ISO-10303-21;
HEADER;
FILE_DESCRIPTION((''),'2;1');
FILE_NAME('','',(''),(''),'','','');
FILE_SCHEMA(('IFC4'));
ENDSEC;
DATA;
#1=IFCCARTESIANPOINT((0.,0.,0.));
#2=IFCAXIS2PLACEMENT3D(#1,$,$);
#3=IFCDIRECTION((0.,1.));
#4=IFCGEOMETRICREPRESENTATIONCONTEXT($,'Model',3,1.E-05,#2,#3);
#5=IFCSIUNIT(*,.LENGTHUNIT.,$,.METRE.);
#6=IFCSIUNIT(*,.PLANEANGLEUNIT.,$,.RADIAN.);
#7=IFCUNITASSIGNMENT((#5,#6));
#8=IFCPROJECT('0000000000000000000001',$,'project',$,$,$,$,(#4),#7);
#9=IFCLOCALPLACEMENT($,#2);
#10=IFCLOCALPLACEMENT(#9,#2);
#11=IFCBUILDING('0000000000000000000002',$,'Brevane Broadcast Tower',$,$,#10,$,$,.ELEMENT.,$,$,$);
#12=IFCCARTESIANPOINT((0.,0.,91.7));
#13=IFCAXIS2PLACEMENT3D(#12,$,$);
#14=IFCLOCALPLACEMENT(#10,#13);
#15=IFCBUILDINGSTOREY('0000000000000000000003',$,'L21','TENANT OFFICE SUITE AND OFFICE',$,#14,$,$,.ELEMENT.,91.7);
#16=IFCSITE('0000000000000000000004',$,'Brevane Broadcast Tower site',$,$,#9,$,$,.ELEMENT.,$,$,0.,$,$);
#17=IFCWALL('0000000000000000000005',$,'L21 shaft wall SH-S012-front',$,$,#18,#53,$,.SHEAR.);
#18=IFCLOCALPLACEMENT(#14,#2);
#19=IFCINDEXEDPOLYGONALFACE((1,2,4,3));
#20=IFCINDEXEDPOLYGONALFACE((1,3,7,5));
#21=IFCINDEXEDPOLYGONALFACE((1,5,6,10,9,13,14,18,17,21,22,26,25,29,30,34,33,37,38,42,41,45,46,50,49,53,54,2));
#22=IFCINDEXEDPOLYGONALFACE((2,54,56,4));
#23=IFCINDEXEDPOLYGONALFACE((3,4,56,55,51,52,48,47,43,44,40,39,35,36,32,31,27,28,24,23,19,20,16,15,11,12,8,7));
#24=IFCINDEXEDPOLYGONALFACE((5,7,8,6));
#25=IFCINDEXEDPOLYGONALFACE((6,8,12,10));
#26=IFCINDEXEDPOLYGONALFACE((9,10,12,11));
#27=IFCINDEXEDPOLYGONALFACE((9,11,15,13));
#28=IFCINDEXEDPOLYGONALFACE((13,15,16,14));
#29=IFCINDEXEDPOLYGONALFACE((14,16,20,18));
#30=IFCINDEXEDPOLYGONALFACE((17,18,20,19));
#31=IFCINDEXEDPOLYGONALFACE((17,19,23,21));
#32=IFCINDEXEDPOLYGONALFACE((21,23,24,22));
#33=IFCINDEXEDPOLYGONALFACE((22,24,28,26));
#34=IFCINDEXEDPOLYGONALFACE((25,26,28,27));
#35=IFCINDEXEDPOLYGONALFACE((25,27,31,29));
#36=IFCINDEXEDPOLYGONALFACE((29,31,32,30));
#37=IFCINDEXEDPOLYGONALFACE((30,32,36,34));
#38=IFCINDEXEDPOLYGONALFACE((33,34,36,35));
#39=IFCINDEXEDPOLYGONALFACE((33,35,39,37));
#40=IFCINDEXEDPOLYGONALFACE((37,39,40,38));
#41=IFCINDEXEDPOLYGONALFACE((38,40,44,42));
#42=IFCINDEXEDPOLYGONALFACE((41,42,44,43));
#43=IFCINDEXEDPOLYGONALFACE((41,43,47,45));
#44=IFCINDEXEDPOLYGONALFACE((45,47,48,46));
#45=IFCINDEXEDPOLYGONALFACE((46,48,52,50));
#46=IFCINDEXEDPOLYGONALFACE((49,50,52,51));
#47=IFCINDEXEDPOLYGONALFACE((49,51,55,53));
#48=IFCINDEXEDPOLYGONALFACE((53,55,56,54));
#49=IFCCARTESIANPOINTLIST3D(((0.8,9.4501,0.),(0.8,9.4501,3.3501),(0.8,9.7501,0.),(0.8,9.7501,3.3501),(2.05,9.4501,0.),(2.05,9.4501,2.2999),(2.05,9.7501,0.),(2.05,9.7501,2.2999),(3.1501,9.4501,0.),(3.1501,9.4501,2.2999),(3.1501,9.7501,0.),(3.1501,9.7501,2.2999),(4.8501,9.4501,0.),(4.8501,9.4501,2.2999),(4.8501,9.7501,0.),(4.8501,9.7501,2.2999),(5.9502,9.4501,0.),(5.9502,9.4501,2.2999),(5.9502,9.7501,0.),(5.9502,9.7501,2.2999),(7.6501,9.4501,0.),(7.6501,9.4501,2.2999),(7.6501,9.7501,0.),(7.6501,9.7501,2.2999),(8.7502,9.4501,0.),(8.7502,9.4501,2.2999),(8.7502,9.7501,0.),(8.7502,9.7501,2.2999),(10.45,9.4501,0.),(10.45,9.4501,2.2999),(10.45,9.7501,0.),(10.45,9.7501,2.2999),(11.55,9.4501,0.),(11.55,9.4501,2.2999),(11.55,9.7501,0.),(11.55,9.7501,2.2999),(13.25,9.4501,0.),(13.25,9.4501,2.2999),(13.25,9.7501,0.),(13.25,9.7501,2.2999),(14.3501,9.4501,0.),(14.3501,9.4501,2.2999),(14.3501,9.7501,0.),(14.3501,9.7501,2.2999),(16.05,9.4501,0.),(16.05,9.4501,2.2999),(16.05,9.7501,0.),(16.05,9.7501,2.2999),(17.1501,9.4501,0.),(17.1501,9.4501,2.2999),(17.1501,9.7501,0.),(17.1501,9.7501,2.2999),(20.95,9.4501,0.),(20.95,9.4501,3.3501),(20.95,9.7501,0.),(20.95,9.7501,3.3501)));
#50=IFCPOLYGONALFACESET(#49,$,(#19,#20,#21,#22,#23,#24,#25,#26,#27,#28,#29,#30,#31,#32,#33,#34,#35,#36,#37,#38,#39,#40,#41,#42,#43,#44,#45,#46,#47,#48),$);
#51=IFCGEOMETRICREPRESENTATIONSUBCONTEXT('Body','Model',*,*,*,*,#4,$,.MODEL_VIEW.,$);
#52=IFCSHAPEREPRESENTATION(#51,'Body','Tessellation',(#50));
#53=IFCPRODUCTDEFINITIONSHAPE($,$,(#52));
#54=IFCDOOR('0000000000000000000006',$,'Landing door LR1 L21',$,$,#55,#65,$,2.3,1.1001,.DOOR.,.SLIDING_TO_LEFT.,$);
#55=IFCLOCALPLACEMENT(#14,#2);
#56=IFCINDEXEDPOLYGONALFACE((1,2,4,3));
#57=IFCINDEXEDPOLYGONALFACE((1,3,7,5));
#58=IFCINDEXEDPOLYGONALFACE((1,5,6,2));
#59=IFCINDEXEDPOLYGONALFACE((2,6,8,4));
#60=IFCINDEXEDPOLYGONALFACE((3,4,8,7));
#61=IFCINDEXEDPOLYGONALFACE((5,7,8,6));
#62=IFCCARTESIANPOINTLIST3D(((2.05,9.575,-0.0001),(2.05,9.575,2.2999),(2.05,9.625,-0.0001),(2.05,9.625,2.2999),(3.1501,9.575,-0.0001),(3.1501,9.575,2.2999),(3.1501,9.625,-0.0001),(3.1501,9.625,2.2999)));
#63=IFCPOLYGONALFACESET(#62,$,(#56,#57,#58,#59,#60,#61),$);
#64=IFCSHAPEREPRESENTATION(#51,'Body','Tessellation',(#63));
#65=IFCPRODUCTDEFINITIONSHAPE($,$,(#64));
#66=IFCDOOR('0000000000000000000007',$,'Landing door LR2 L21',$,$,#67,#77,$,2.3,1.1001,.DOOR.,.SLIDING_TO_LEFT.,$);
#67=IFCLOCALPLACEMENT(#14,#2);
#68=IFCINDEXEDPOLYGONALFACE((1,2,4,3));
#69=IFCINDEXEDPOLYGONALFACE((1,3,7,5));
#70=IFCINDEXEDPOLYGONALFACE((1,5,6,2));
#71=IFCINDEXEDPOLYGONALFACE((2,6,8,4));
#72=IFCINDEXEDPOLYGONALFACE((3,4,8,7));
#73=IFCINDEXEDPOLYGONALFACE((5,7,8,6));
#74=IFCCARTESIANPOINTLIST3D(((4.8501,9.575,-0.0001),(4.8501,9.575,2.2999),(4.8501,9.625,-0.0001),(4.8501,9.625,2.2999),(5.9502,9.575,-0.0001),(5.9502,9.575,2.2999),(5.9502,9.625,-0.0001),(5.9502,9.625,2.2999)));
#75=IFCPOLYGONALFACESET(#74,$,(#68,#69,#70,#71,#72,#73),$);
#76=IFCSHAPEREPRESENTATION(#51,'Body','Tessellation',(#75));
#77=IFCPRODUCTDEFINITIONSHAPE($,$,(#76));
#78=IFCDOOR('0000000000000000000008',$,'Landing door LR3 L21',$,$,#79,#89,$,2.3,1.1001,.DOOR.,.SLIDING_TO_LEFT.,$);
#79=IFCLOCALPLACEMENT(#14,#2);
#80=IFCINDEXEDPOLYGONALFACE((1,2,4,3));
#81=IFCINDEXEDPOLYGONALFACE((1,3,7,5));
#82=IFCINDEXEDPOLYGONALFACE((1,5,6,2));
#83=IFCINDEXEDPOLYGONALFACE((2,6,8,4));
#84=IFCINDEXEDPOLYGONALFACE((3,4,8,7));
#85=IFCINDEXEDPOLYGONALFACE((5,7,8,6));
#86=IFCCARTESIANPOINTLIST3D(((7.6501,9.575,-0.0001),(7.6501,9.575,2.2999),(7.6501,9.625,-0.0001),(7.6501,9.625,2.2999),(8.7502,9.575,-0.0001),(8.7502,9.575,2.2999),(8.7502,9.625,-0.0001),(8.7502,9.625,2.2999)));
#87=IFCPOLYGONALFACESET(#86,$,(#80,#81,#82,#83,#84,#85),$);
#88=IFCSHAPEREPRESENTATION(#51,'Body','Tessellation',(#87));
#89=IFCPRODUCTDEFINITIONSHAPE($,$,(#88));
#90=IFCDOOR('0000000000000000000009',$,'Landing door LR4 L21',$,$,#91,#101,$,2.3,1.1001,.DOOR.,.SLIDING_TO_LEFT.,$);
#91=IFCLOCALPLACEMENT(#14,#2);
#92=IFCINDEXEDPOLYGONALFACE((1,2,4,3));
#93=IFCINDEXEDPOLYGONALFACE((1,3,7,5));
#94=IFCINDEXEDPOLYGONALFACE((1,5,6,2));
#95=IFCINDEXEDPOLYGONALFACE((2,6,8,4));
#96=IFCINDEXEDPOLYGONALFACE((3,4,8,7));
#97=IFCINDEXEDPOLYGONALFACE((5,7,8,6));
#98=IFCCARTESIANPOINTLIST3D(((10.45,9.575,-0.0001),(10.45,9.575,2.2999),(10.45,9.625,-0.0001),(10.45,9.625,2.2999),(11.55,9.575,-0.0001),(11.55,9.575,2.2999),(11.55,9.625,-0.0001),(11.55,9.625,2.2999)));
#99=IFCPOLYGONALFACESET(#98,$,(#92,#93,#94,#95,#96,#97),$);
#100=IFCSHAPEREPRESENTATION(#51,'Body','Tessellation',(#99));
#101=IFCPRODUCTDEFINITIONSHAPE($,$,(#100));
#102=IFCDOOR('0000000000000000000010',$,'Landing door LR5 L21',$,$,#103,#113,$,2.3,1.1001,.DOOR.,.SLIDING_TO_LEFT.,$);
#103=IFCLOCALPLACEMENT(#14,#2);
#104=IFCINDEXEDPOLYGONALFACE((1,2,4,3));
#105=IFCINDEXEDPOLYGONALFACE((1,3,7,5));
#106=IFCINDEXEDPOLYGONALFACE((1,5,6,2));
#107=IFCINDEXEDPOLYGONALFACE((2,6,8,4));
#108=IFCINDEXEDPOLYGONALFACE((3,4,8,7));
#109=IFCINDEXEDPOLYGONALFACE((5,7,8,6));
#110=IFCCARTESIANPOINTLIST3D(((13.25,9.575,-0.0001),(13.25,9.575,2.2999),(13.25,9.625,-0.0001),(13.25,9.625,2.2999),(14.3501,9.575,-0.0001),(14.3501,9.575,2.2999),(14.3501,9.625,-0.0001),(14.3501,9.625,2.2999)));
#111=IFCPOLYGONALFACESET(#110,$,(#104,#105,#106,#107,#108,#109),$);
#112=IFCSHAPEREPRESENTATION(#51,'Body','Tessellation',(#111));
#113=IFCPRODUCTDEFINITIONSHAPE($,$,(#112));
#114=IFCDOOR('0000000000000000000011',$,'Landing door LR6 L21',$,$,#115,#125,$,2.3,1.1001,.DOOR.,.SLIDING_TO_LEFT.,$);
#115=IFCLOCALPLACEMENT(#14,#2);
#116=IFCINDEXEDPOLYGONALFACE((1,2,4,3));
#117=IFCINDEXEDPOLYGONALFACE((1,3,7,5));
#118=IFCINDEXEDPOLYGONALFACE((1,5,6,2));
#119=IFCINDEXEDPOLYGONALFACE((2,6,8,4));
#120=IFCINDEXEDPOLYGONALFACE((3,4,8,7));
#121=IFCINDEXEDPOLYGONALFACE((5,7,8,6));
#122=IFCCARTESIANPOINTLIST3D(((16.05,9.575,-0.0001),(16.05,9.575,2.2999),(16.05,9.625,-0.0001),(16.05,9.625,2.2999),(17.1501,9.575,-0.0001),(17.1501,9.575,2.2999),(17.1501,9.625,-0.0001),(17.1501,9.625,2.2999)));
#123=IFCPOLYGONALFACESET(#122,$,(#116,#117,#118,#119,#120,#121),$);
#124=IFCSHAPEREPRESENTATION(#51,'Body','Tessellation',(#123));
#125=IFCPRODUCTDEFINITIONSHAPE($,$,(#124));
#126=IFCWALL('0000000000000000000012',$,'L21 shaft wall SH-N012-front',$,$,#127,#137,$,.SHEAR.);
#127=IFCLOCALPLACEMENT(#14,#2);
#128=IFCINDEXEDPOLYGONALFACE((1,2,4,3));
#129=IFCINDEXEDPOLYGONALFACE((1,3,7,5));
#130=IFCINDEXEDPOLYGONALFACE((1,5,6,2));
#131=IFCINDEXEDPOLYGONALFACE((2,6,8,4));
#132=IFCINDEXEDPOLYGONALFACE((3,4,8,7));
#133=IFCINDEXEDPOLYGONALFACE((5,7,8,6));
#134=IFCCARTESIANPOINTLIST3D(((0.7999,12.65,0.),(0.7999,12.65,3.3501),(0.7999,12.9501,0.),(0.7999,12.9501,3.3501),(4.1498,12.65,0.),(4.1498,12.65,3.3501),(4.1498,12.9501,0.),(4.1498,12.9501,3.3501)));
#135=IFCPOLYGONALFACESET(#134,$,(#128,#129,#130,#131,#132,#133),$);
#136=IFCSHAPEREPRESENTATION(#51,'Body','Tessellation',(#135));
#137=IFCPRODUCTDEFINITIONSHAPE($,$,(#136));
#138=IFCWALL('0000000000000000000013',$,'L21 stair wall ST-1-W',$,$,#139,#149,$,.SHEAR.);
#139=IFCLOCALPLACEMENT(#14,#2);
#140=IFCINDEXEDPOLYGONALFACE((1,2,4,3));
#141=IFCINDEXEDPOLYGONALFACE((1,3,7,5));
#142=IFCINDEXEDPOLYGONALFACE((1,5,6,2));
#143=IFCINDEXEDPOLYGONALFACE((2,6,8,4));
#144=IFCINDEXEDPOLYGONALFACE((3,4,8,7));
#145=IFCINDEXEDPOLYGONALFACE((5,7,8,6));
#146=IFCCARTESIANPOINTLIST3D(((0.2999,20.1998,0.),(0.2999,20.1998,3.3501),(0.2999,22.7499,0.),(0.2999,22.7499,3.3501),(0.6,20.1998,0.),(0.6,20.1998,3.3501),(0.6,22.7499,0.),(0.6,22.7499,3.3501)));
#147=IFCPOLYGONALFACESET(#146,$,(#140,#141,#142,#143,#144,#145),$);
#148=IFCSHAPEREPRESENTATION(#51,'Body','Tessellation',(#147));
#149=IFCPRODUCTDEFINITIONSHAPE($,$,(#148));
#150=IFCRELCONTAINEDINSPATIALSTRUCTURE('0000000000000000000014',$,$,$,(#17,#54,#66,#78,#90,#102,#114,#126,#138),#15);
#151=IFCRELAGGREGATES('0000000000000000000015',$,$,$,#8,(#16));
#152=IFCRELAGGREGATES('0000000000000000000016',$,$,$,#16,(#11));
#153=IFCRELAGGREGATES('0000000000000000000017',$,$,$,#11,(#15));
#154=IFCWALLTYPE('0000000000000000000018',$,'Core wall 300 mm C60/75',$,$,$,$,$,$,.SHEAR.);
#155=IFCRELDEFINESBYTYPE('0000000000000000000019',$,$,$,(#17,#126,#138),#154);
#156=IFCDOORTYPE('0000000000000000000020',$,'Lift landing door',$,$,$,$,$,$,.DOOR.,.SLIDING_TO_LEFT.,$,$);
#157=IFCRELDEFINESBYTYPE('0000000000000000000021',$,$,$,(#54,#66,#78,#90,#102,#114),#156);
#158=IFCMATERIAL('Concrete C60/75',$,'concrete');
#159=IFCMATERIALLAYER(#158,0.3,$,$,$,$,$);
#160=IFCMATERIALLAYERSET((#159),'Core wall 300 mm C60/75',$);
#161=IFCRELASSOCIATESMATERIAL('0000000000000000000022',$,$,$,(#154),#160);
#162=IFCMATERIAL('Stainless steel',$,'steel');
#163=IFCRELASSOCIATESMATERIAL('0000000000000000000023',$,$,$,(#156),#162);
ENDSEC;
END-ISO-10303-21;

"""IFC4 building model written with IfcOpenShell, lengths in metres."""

from ifc_helpers import new_model, si_unit, direction, frame, frame_2d, origin, place, context, subcontext, project, spatial, rectangle, extrude, material, layer, layer_set, type_object, element, fill, save


model = new_model("IFC4")

# Units and contexts
model_context = context("Model", 3, precision=1e-05, world=origin(), true_north=direction((0.0, 1.0)))
body_context = subcontext(model_context, "Body", "Model", "MODEL_VIEW")
ifc_project = project(units=[si_unit("LENGTHUNIT", "METRE"), si_unit("PLANEANGLEUNIT", "RADIAN")], contexts=[model_context])

# Site, building, storey
site_placement = place(None, origin())
site = spatial("IfcSite", under=ifc_project, at=site_placement, Name="Brevane Broadcast Tower site", CompositionType="ELEMENT", RefElevation=0.0)
building_placement = place(site_placement, origin())
building = spatial("IfcBuilding", under=site, at=building_placement, Name="Brevane Broadcast Tower", CompositionType="ELEMENT")
storey_placement = place(building_placement, frame((0.0, 0.0, 91.7)))
storey = spatial("IfcBuildingStorey", under=building, at=storey_placement, Name="L21", Description="TENANT OFFICE SUITE AND OFFICE", CompositionType="ELEMENT", Elevation=91.7)

# Wall, openings, doors
ifc_material_1 = material(Name="Concrete C60/75", Category="concrete")
ifc_layer_1 = layer(ifc_material_1, 0.3)
ifc_layer_set_1 = layer_set([ifc_layer_1], Name="Core wall 300 mm C60/75")
wall_type_1 = type_object("IfcWallType", Name="Core wall 300 mm C60/75", PredefinedType="SHEAR", material=ifc_layer_set_1)
wall_1_placement = place(storey_placement, frame((0.8, 9.6001, 0.0), z_axis=(0.0, 0.0, 1.0), x_axis=(1.0, 0.0, 0.0)))
wall_1 = element("IfcWall", 1, at=wall_1_placement, inside=storey, type_object=wall_type_1, Name="L21 shaft wall SH-S012-front", PredefinedType="SHEAR", context=body_context, shape_type="SweptSolid", body=[
    extrude(rectangle(XDim=20.1499, YDim=0.3, at=frame_2d((10.075, 0.0))), origin(), (0.0, 0.0, 1.0), 3.3501),
])
opening_1_placement = place(wall_1_placement, frame((1.25, 0.0, 0.0)))
opening_1 = element("IfcOpeningElement", 2, at=opening_1_placement, cuts=wall_1, PredefinedType="OPENING", context=body_context, shape_type="SweptSolid", body=[
    extrude(rectangle(XDim=1.1001, YDim=2.3, at=frame_2d((0.55, 1.1499))), frame((0.0, 0.1599, 0.0), z_axis=(0.0, -1.0, 0.0), x_axis=(1.0, 0.0, 0.0)), (0.0, 0.0, 1.0), 0.3201),
])
opening_2_placement = place(wall_1_placement, frame((4.05, 0.0, 0.0)))
opening_2 = element("IfcOpeningElement", 3, at=opening_2_placement, cuts=wall_1, PredefinedType="OPENING", context=body_context, shape_type="SweptSolid", body=[
    extrude(rectangle(XDim=1.1001, YDim=2.3, at=frame_2d((0.55, 1.1499))), frame((0.0, 0.1599, 0.0), z_axis=(0.0, -1.0, 0.0), x_axis=(1.0, 0.0, 0.0)), (0.0, 0.0, 1.0), 0.3201),
])
opening_3_placement = place(wall_1_placement, frame((6.8501, 0.0, 0.0)))
opening_3 = element("IfcOpeningElement", 4, at=opening_3_placement, cuts=wall_1, PredefinedType="OPENING", context=body_context, shape_type="SweptSolid", body=[
    extrude(rectangle(XDim=1.1001, YDim=2.3, at=frame_2d((0.55, 1.1499))), frame((0.0, 0.1599, 0.0), z_axis=(0.0, -1.0, 0.0), x_axis=(1.0, 0.0, 0.0)), (0.0, 0.0, 1.0), 0.3201),
])
opening_4_placement = place(wall_1_placement, frame((9.6499, 0.0, 0.0)))
opening_4 = element("IfcOpeningElement", 5, at=opening_4_placement, cuts=wall_1, PredefinedType="OPENING", context=body_context, shape_type="SweptSolid", body=[
    extrude(rectangle(XDim=1.1001, YDim=2.3, at=frame_2d((0.55, 1.1499))), frame((0.0, 0.1599, 0.0), z_axis=(0.0, -1.0, 0.0), x_axis=(1.0, 0.0, 0.0)), (0.0, 0.0, 1.0), 0.3201),
])
opening_5_placement = place(wall_1_placement, frame((12.45, 0.0, 0.0)))
opening_5 = element("IfcOpeningElement", 6, at=opening_5_placement, cuts=wall_1, PredefinedType="OPENING", context=body_context, shape_type="SweptSolid", body=[
    extrude(rectangle(XDim=1.1001, YDim=2.3, at=frame_2d((0.55, 1.1499))), frame((0.0, 0.1599, 0.0), z_axis=(0.0, -1.0, 0.0), x_axis=(1.0, 0.0, 0.0)), (0.0, 0.0, 1.0), 0.3201),
])
opening_6_placement = place(wall_1_placement, frame((15.25, 0.0, 0.0)))
opening_6 = element("IfcOpeningElement", 7, at=opening_6_placement, cuts=wall_1, PredefinedType="OPENING", context=body_context, shape_type="SweptSolid", body=[
    extrude(rectangle(XDim=1.1001, YDim=2.3, at=frame_2d((0.55, 1.1499))), frame((0.0, 0.1599, 0.0), z_axis=(0.0, -1.0, 0.0), x_axis=(1.0, 0.0, 0.0)), (0.0, 0.0, 1.0), 0.3201),
])
ifc_material_2 = material(Name="Stainless steel", Category="steel")
door_type = type_object("IfcDoorType", Name="Lift landing door", OperationType="SLIDING_TO_LEFT", PredefinedType="DOOR", material=ifc_material_2)
door_1_placement = place(opening_1_placement, origin())
door_1 = element("IfcDoor", 8, at=door_1_placement, inside=storey, type_object=door_type, Name="Landing door LR1 L21", OperationType="SLIDING_TO_LEFT", OverallHeight=2.3, OverallWidth=1.1001, PredefinedType="DOOR", context=body_context, shape_type="SweptSolid", body=[
    extrude(rectangle(XDim=1.1001, YDim=2.3, at=frame_2d((0.55, 1.1499))), frame((0.0, 0.0249, 0.0), z_axis=(0.0, -1.0, 0.0), x_axis=(1.0, 0.0, 0.0)), (0.0, 0.0, 1.0), 0.05),
])
fill(opening_1, door_1)
door_2_placement = place(opening_2_placement, origin())
door_2 = element("IfcDoor", 9, at=door_2_placement, inside=storey, type_object=door_type, Name="Landing door LR2 L21", OperationType="SLIDING_TO_LEFT", OverallHeight=2.3, OverallWidth=1.1001, PredefinedType="DOOR", context=body_context, shape_type="SweptSolid", body=[
    extrude(rectangle(XDim=1.1001, YDim=2.3, at=frame_2d((0.55, 1.1499))), frame((0.0, 0.0249, 0.0), z_axis=(0.0, -1.0, 0.0), x_axis=(1.0, 0.0, 0.0)), (0.0, 0.0, 1.0), 0.05),
])
fill(opening_2, door_2)
door_3_placement = place(opening_3_placement, origin())
door_3 = element("IfcDoor", 10, at=door_3_placement, inside=storey, type_object=door_type, Name="Landing door LR3 L21", OperationType="SLIDING_TO_LEFT", OverallHeight=2.3, OverallWidth=1.1001, PredefinedType="DOOR", context=body_context, shape_type="SweptSolid", body=[
    extrude(rectangle(XDim=1.1001, YDim=2.3, at=frame_2d((0.55, 1.1499))), frame((0.0, 0.0249, 0.0), z_axis=(0.0, -1.0, 0.0), x_axis=(1.0, 0.0, 0.0)), (0.0, 0.0, 1.0), 0.05),
])
fill(opening_3, door_3)
door_4_placement = place(opening_4_placement, origin())
door_4 = element("IfcDoor", 11, at=door_4_placement, inside=storey, type_object=door_type, Name="Landing door LR4 L21", OperationType="SLIDING_TO_LEFT", OverallHeight=2.3, OverallWidth=1.1001, PredefinedType="DOOR", context=body_context, shape_type="SweptSolid", body=[
    extrude(rectangle(XDim=1.1001, YDim=2.3, at=frame_2d((0.55, 1.1499))), frame((0.0, 0.0249, 0.0), z_axis=(0.0, -1.0, 0.0), x_axis=(1.0, 0.0, 0.0)), (0.0, 0.0, 1.0), 0.05),
])
fill(opening_4, door_4)
door_5_placement = place(opening_5_placement, origin())
door_5 = element("IfcDoor", 12, at=door_5_placement, inside=storey, type_object=door_type, Name="Landing door LR5 L21", OperationType="SLIDING_TO_LEFT", OverallHeight=2.3, OverallWidth=1.1001, PredefinedType="DOOR", context=body_context, shape_type="SweptSolid", body=[
    extrude(rectangle(XDim=1.1001, YDim=2.3, at=frame_2d((0.55, 1.1499))), frame((0.0, 0.0249, 0.0), z_axis=(0.0, -1.0, 0.0), x_axis=(1.0, 0.0, 0.0)), (0.0, 0.0, 1.0), 0.05),
])
fill(opening_5, door_5)
door_6_placement = place(opening_6_placement, origin())
door_6 = element("IfcDoor", 13, at=door_6_placement, inside=storey, type_object=door_type, Name="Landing door LR6 L21", OperationType="SLIDING_TO_LEFT", OverallHeight=2.3, OverallWidth=1.1001, PredefinedType="DOOR", context=body_context, shape_type="SweptSolid", body=[
    extrude(rectangle(XDim=1.1001, YDim=2.3, at=frame_2d((0.55, 1.1499))), frame((0.0, 0.0249, 0.0), z_axis=(0.0, -1.0, 0.0), x_axis=(1.0, 0.0, 0.0)), (0.0, 0.0, 1.0), 0.05),
])
fill(opening_6, door_6)

# Walls
wall_2_placement = place(storey_placement, frame((0.8, 12.8, 0.0), z_axis=(0.0, 0.0, 1.0), x_axis=(1.0, 0.0, 0.0)))
element("IfcWall", 14, at=wall_2_placement, inside=storey, type_object=wall_type_1, Name="L21 shaft wall SH-N012-front", PredefinedType="SHEAR", context=body_context, shape_type="SweptSolid", body=[
    extrude(rectangle(XDim=3.3499, YDim=0.3, at=frame_2d((1.6748, 0.0))), origin(), (0.0, 0.0, 1.0), 3.3501),
])
wall_3_placement = place(storey_placement, frame((0.45, 20.2, 0.0), z_axis=(0.0, 0.0, 1.0), x_axis=(0.0, 1.0, 0.0)))
element("IfcWall", 15, at=wall_3_placement, inside=storey, type_object=wall_type_1, Name="L21 stair wall ST-1-W", PredefinedType="SHEAR", context=body_context, shape_type="SweptSolid", body=[
    extrude(rectangle(XDim=2.55, YDim=0.3, at=frame_2d((1.2749, 0.0))), origin(), (0.0, 0.0, 1.0), 3.3501),
])

save(model, "model.ifc")
